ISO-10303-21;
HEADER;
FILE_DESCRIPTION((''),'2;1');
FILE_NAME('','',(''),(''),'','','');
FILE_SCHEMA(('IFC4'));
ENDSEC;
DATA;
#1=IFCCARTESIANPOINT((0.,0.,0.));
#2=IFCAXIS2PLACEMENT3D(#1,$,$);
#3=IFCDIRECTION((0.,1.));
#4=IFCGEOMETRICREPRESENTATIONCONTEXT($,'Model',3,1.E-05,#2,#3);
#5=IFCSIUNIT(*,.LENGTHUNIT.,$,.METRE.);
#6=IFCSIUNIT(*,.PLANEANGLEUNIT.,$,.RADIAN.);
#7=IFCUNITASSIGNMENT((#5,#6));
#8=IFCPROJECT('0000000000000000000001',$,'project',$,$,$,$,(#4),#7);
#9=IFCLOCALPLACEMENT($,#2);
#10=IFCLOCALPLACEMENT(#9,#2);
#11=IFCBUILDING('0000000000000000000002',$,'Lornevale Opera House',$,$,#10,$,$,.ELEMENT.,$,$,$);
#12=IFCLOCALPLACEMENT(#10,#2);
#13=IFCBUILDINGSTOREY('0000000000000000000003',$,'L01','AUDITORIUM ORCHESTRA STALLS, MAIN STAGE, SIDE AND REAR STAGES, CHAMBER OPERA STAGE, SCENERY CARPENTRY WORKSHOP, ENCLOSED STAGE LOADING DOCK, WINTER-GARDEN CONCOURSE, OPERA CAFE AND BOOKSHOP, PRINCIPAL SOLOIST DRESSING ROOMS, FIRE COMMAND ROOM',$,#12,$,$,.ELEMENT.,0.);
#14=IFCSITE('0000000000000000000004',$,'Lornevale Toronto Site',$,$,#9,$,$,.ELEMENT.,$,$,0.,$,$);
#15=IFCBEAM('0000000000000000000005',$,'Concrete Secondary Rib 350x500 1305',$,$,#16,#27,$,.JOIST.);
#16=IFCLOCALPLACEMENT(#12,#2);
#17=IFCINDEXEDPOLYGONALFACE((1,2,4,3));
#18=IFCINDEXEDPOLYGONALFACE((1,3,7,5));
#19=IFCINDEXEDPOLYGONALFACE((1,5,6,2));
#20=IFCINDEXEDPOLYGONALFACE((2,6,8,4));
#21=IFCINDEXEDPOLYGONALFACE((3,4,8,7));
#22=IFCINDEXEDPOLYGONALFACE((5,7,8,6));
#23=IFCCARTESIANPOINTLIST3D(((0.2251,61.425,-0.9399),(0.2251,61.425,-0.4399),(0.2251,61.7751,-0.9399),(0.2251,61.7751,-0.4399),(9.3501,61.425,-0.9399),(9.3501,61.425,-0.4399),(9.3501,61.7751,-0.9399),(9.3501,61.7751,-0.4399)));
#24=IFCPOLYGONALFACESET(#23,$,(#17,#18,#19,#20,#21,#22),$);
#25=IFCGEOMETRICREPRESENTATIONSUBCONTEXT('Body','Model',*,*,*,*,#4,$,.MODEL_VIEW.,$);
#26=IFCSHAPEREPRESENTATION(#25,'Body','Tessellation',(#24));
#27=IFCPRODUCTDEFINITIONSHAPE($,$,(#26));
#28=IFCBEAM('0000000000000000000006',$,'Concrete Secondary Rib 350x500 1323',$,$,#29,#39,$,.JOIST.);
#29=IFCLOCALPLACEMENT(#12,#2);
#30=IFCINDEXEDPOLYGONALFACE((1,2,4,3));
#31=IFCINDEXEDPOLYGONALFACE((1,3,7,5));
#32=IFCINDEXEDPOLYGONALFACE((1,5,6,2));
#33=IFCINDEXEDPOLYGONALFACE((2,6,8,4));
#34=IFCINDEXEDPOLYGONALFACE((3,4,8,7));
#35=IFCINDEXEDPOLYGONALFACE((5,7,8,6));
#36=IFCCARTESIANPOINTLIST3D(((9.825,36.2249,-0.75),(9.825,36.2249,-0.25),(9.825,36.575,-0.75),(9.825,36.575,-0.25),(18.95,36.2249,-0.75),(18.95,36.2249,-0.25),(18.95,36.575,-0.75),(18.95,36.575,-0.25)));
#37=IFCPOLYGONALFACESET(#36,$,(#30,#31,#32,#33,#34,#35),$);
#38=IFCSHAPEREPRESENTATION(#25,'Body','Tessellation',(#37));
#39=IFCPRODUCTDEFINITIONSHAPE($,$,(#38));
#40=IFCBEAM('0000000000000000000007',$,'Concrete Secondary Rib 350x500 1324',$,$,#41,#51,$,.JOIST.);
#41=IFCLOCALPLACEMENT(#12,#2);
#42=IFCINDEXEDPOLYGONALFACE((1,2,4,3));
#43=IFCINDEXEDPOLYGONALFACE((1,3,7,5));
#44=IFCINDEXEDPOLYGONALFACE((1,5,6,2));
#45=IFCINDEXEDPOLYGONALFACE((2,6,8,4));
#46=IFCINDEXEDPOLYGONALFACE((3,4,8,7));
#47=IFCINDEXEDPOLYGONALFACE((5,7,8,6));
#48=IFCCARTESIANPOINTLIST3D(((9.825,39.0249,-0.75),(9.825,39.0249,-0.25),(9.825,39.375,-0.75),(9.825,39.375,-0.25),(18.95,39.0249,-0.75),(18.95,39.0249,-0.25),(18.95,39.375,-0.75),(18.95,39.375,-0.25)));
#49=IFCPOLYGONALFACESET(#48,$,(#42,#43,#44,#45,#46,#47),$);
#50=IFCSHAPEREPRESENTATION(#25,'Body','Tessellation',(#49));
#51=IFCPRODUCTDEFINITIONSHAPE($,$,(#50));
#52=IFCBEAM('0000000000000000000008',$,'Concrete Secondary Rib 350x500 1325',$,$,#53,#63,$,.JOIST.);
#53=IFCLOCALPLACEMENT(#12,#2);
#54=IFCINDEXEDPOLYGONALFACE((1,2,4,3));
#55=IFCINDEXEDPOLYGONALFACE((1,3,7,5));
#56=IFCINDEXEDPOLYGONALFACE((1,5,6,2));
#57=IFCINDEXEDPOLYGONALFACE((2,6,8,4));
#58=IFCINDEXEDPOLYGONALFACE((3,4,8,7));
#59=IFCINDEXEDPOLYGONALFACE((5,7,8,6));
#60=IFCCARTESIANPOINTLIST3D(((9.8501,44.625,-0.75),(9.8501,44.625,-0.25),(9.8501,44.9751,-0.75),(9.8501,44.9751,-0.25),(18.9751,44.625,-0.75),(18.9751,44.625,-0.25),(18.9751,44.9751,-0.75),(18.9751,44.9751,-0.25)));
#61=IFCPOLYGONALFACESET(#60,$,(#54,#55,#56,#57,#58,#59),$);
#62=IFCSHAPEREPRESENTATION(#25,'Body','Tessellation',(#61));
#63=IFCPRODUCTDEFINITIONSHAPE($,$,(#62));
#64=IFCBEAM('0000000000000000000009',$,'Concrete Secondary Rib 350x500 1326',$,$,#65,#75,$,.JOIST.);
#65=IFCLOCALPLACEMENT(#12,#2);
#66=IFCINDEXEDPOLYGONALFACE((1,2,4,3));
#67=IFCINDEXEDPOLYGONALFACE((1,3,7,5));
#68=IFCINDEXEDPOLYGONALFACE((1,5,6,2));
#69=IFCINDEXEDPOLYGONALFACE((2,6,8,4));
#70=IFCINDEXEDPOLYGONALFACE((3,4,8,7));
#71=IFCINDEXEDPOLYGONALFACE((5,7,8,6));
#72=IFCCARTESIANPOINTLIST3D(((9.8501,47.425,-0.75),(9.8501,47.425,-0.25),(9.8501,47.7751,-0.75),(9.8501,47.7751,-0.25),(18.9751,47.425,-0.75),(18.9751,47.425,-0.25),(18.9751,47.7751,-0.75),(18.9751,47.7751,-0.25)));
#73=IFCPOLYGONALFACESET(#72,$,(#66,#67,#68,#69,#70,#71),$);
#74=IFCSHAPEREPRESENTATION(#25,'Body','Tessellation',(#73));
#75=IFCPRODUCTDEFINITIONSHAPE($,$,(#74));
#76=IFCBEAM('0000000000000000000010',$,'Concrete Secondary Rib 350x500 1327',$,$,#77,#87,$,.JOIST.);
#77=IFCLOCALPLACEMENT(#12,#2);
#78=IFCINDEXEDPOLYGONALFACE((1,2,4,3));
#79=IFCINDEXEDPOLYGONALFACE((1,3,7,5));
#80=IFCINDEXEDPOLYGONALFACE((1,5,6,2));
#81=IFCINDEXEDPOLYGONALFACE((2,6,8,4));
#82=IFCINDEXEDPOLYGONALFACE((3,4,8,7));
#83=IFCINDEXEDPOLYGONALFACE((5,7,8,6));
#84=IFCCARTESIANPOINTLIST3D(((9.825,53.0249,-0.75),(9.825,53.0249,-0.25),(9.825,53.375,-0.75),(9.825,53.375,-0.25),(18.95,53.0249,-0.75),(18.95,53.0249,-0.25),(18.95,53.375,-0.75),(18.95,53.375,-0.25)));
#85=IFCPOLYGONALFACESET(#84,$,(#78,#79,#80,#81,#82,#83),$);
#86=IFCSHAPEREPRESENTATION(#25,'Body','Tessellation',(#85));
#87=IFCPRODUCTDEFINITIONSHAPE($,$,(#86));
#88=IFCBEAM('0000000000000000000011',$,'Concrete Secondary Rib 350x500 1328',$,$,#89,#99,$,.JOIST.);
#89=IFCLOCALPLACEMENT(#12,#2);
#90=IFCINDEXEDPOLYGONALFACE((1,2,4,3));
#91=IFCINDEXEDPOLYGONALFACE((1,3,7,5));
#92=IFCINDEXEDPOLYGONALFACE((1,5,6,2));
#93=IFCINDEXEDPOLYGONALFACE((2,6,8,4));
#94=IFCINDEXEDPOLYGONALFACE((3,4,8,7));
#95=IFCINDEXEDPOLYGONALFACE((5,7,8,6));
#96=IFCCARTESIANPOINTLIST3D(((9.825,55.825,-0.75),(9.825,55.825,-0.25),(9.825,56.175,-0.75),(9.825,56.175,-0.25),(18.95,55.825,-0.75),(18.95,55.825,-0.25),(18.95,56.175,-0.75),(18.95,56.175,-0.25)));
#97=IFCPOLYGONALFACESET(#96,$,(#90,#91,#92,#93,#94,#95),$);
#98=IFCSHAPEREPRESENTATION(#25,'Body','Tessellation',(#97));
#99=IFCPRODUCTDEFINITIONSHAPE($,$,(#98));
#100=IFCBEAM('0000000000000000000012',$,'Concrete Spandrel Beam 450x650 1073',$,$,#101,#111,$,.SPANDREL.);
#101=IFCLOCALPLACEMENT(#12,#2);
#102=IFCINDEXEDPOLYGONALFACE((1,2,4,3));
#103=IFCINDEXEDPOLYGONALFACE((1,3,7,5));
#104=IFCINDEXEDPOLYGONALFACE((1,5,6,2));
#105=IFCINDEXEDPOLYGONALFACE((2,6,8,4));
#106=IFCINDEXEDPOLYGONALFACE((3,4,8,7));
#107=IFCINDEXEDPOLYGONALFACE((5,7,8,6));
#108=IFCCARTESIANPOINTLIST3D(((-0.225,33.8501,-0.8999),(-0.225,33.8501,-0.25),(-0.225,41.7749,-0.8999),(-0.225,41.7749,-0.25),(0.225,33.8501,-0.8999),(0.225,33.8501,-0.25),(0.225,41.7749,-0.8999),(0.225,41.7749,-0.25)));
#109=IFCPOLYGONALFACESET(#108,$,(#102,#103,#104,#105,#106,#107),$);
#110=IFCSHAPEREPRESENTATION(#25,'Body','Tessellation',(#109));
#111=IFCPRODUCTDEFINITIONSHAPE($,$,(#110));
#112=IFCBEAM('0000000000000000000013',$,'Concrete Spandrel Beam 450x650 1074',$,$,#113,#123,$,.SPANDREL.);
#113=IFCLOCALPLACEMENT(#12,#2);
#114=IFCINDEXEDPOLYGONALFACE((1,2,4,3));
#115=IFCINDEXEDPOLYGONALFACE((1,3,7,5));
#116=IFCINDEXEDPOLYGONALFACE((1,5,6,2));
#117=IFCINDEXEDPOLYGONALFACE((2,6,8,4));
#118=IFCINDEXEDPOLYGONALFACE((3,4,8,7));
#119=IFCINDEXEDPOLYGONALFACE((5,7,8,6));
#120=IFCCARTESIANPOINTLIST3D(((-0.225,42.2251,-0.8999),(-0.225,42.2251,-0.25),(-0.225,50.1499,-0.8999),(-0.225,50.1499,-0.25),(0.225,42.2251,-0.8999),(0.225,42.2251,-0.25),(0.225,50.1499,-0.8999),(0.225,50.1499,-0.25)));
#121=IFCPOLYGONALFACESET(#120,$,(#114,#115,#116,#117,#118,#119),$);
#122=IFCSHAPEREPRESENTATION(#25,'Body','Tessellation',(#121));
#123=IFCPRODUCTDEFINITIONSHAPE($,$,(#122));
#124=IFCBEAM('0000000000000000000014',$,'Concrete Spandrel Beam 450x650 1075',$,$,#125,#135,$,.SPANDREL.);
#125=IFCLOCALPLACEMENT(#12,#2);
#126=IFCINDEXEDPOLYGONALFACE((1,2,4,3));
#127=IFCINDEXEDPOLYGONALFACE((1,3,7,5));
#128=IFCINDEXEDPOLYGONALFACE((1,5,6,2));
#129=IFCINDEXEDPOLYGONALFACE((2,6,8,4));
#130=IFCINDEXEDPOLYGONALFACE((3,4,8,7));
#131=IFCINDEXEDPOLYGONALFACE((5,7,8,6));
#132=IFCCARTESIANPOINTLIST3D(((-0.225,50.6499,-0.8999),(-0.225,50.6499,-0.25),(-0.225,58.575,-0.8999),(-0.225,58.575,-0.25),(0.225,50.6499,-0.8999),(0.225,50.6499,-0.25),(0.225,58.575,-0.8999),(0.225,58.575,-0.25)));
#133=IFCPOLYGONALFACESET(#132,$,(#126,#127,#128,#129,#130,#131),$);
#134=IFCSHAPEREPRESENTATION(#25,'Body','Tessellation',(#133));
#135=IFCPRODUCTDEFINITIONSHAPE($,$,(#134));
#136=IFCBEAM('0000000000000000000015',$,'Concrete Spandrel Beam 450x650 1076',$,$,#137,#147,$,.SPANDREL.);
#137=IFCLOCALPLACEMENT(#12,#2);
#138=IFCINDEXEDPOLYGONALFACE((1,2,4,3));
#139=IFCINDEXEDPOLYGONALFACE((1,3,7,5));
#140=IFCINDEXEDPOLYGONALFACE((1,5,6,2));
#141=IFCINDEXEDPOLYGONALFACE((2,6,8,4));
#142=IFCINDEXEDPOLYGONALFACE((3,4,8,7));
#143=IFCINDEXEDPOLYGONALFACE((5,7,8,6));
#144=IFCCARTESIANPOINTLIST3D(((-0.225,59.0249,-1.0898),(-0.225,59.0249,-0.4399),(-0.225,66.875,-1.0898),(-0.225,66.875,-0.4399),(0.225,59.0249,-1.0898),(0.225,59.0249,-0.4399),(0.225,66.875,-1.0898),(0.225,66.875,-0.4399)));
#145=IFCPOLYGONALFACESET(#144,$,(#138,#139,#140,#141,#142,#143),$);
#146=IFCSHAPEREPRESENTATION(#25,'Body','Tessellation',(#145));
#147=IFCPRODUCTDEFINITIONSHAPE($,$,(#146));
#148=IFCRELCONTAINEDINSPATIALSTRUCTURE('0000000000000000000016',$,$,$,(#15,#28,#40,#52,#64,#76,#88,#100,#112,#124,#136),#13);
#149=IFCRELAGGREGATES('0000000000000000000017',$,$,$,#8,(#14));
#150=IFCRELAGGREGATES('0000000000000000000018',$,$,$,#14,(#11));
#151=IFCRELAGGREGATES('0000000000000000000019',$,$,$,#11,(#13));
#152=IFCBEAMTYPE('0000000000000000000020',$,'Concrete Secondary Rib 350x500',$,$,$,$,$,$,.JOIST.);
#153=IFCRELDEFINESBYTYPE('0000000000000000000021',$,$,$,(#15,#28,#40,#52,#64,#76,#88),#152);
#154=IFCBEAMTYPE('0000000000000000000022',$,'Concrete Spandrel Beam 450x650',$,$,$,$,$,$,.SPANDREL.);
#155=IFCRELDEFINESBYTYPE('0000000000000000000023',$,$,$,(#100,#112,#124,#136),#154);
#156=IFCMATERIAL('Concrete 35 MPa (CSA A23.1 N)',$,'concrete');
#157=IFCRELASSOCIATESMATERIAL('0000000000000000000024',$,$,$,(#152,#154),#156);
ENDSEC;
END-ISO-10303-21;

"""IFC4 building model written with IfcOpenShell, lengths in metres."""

from ifc_helpers import new_model, si_unit, direction, frame, origin, origin_2d, place, context, subcontext, project, spatial, rectangle, extrude, material, material_profile, profile_set, type_object, element, save


model = new_model("IFC4")

# Units and contexts
model_context = context("Model", 3, precision=1e-05, world=origin(), true_north=direction((0.0, 1.0)))
body_context = subcontext(model_context, "Body", "Model", "MODEL_VIEW")
ifc_project = project(units=[si_unit("LENGTHUNIT", "METRE"), si_unit("PLANEANGLEUNIT", "RADIAN")], contexts=[model_context])

# Site, building, storey
site_placement = place(None, origin())
site = spatial("IfcSite", under=ifc_project, at=site_placement, Name="Lornevale Toronto Site", CompositionType="ELEMENT", RefElevation=0.0)
building_placement = place(site_placement, origin())
building = spatial("IfcBuilding", under=site, at=building_placement, Name="Lornevale Opera House", CompositionType="ELEMENT")
storey_placement = place(building_placement, origin())
storey = spatial("IfcBuildingStorey", under=building, at=storey_placement, Name="L01", Description="AUDITORIUM ORCHESTRA STALLS, MAIN STAGE, SIDE AND REAR STAGES, CHAMBER OPERA STAGE, SCENERY CARPENTRY WORKSHOP, ENCLOSED STAGE LOADING DOCK, WINTER-GARDEN CONCOURSE, OPERA CAFE AND BOOKSHOP, PRINCIPAL SOLOIST DRESSING ROOMS, FIRE COMMAND ROOM", CompositionType="ELEMENT", Elevation=0.0)

# Beams
ifc_material_1 = material(Name="Concrete 35 MPa (CSA A23.1 N)", Category="concrete")
ifc_material_profile_1 = material_profile(ifc_material_1, rectangle(XDim=0.3501, YDim=0.5, at=origin_2d()), Name="RC350x500")
ifc_profile_set_1 = profile_set([ifc_material_profile_1], Name="Concrete 35 MPa (CSA A23.1 N)")
beam_type_1 = type_object("IfcBeamType", Name="Concrete Secondary Rib 350x500", PredefinedType="JOIST", material=ifc_profile_set_1)
for number, where, z_axis, x_axis, name in (
    (1, (0.2251, 61.6001, -0.6899), (1.0, 0.0, 0.0), (0.0, 1.0, 0.0), "Concrete Secondary Rib 350x500 1305"),
    (2, (9.825, 36.3999, -0.5), (1.0, 0.0, 0.0), (0.0, 1.0, 0.0), "Concrete Secondary Rib 350x500 1323"),
    (3, (9.825, 39.2, -0.5), (1.0, 0.0, 0.0), (0.0, 1.0, 0.0), "Concrete Secondary Rib 350x500 1324"),
    (4, (9.8501, 44.8, -0.5), (1.0, 0.0, 0.0), (0.0, 1.0, 0.0), "Concrete Secondary Rib 350x500 1325"),
    (5, (9.8501, 47.6001, -0.5), (1.0, 0.0, 0.0), (0.0, 1.0, 0.0), "Concrete Secondary Rib 350x500 1326"),
    (6, (9.825, 53.2, -0.5), (1.0, 0.0, 0.0), (0.0, 1.0, 0.0), "Concrete Secondary Rib 350x500 1327"),
    (7, (9.825, 56.0, -0.5), (1.0, 0.0, 0.0), (0.0, 1.0, 0.0), "Concrete Secondary Rib 350x500 1328"),
):
    element("IfcBeam", number, at=place(storey_placement, frame(where, z_axis=z_axis, x_axis=x_axis)), inside=storey, type_object=beam_type_1, Name=name, PredefinedType="JOIST", context=body_context, shape_type="SweptSolid", body=[
        extrude(rectangle(XDim=0.3501, YDim=0.5, at=origin_2d()), origin(), (0.0, 0.0, 1.0), 9.125),
    ])
ifc_material_profile_2 = material_profile(ifc_material_1, rectangle(XDim=0.45, YDim=0.6499, at=origin_2d()), Name="RC450x650")
ifc_profile_set_2 = profile_set([ifc_material_profile_2], Name="Concrete 35 MPa (CSA A23.1 N)")
beam_type_2 = type_object("IfcBeamType", Name="Concrete Spandrel Beam 450x650", PredefinedType="SPANDREL", material=ifc_profile_set_2)
for number, where, z_axis, x_axis, name in (
    (8, (0.0, 33.8501, -0.575), (0.0, 1.0, 0.0), (-1.0, 0.0, 0.0), "Concrete Spandrel Beam 450x650 1073"),
    (9, (0.0, 42.2251, -0.575), (0.0, 1.0, 0.0), (-1.0, 0.0, 0.0), "Concrete Spandrel Beam 450x650 1074"),
):
    element("IfcBeam", number, at=place(storey_placement, frame(where, z_axis=z_axis, x_axis=x_axis)), inside=storey, type_object=beam_type_2, Name=name, PredefinedType="SPANDREL", context=body_context, shape_type="SweptSolid", body=[
        extrude(rectangle(XDim=0.45, YDim=0.6499, at=origin_2d()), origin(), (0.0, 0.0, 1.0), 7.9248),
    ])
beam_1_placement = place(storey_placement, frame((0.0, 50.6499, -0.575), z_axis=(0.0, 1.0, 0.0), x_axis=(-1.0, 0.0, 0.0)))
element("IfcBeam", 10, at=beam_1_placement, inside=storey, type_object=beam_type_2, Name="Concrete Spandrel Beam 450x650 1075", PredefinedType="SPANDREL", context=body_context, shape_type="SweptSolid", body=[
    extrude(rectangle(XDim=0.45, YDim=0.6499, at=origin_2d()), origin(), (0.0, 0.0, 1.0), 7.925),
])
beam_2_placement = place(storey_placement, frame((0.0, 59.0249, -0.7649), z_axis=(0.0, 1.0, 0.0), x_axis=(-1.0, 0.0, 0.0)))
element("IfcBeam", 11, at=beam_2_placement, inside=storey, type_object=beam_type_2, Name="Concrete Spandrel Beam 450x650 1076", PredefinedType="SPANDREL", context=body_context, shape_type="SweptSolid", body=[
    extrude(rectangle(XDim=0.45, YDim=0.6499, at=origin_2d()), origin(), (0.0, 0.0, 1.0), 7.8501),
])

save(model, "model.ifc")
